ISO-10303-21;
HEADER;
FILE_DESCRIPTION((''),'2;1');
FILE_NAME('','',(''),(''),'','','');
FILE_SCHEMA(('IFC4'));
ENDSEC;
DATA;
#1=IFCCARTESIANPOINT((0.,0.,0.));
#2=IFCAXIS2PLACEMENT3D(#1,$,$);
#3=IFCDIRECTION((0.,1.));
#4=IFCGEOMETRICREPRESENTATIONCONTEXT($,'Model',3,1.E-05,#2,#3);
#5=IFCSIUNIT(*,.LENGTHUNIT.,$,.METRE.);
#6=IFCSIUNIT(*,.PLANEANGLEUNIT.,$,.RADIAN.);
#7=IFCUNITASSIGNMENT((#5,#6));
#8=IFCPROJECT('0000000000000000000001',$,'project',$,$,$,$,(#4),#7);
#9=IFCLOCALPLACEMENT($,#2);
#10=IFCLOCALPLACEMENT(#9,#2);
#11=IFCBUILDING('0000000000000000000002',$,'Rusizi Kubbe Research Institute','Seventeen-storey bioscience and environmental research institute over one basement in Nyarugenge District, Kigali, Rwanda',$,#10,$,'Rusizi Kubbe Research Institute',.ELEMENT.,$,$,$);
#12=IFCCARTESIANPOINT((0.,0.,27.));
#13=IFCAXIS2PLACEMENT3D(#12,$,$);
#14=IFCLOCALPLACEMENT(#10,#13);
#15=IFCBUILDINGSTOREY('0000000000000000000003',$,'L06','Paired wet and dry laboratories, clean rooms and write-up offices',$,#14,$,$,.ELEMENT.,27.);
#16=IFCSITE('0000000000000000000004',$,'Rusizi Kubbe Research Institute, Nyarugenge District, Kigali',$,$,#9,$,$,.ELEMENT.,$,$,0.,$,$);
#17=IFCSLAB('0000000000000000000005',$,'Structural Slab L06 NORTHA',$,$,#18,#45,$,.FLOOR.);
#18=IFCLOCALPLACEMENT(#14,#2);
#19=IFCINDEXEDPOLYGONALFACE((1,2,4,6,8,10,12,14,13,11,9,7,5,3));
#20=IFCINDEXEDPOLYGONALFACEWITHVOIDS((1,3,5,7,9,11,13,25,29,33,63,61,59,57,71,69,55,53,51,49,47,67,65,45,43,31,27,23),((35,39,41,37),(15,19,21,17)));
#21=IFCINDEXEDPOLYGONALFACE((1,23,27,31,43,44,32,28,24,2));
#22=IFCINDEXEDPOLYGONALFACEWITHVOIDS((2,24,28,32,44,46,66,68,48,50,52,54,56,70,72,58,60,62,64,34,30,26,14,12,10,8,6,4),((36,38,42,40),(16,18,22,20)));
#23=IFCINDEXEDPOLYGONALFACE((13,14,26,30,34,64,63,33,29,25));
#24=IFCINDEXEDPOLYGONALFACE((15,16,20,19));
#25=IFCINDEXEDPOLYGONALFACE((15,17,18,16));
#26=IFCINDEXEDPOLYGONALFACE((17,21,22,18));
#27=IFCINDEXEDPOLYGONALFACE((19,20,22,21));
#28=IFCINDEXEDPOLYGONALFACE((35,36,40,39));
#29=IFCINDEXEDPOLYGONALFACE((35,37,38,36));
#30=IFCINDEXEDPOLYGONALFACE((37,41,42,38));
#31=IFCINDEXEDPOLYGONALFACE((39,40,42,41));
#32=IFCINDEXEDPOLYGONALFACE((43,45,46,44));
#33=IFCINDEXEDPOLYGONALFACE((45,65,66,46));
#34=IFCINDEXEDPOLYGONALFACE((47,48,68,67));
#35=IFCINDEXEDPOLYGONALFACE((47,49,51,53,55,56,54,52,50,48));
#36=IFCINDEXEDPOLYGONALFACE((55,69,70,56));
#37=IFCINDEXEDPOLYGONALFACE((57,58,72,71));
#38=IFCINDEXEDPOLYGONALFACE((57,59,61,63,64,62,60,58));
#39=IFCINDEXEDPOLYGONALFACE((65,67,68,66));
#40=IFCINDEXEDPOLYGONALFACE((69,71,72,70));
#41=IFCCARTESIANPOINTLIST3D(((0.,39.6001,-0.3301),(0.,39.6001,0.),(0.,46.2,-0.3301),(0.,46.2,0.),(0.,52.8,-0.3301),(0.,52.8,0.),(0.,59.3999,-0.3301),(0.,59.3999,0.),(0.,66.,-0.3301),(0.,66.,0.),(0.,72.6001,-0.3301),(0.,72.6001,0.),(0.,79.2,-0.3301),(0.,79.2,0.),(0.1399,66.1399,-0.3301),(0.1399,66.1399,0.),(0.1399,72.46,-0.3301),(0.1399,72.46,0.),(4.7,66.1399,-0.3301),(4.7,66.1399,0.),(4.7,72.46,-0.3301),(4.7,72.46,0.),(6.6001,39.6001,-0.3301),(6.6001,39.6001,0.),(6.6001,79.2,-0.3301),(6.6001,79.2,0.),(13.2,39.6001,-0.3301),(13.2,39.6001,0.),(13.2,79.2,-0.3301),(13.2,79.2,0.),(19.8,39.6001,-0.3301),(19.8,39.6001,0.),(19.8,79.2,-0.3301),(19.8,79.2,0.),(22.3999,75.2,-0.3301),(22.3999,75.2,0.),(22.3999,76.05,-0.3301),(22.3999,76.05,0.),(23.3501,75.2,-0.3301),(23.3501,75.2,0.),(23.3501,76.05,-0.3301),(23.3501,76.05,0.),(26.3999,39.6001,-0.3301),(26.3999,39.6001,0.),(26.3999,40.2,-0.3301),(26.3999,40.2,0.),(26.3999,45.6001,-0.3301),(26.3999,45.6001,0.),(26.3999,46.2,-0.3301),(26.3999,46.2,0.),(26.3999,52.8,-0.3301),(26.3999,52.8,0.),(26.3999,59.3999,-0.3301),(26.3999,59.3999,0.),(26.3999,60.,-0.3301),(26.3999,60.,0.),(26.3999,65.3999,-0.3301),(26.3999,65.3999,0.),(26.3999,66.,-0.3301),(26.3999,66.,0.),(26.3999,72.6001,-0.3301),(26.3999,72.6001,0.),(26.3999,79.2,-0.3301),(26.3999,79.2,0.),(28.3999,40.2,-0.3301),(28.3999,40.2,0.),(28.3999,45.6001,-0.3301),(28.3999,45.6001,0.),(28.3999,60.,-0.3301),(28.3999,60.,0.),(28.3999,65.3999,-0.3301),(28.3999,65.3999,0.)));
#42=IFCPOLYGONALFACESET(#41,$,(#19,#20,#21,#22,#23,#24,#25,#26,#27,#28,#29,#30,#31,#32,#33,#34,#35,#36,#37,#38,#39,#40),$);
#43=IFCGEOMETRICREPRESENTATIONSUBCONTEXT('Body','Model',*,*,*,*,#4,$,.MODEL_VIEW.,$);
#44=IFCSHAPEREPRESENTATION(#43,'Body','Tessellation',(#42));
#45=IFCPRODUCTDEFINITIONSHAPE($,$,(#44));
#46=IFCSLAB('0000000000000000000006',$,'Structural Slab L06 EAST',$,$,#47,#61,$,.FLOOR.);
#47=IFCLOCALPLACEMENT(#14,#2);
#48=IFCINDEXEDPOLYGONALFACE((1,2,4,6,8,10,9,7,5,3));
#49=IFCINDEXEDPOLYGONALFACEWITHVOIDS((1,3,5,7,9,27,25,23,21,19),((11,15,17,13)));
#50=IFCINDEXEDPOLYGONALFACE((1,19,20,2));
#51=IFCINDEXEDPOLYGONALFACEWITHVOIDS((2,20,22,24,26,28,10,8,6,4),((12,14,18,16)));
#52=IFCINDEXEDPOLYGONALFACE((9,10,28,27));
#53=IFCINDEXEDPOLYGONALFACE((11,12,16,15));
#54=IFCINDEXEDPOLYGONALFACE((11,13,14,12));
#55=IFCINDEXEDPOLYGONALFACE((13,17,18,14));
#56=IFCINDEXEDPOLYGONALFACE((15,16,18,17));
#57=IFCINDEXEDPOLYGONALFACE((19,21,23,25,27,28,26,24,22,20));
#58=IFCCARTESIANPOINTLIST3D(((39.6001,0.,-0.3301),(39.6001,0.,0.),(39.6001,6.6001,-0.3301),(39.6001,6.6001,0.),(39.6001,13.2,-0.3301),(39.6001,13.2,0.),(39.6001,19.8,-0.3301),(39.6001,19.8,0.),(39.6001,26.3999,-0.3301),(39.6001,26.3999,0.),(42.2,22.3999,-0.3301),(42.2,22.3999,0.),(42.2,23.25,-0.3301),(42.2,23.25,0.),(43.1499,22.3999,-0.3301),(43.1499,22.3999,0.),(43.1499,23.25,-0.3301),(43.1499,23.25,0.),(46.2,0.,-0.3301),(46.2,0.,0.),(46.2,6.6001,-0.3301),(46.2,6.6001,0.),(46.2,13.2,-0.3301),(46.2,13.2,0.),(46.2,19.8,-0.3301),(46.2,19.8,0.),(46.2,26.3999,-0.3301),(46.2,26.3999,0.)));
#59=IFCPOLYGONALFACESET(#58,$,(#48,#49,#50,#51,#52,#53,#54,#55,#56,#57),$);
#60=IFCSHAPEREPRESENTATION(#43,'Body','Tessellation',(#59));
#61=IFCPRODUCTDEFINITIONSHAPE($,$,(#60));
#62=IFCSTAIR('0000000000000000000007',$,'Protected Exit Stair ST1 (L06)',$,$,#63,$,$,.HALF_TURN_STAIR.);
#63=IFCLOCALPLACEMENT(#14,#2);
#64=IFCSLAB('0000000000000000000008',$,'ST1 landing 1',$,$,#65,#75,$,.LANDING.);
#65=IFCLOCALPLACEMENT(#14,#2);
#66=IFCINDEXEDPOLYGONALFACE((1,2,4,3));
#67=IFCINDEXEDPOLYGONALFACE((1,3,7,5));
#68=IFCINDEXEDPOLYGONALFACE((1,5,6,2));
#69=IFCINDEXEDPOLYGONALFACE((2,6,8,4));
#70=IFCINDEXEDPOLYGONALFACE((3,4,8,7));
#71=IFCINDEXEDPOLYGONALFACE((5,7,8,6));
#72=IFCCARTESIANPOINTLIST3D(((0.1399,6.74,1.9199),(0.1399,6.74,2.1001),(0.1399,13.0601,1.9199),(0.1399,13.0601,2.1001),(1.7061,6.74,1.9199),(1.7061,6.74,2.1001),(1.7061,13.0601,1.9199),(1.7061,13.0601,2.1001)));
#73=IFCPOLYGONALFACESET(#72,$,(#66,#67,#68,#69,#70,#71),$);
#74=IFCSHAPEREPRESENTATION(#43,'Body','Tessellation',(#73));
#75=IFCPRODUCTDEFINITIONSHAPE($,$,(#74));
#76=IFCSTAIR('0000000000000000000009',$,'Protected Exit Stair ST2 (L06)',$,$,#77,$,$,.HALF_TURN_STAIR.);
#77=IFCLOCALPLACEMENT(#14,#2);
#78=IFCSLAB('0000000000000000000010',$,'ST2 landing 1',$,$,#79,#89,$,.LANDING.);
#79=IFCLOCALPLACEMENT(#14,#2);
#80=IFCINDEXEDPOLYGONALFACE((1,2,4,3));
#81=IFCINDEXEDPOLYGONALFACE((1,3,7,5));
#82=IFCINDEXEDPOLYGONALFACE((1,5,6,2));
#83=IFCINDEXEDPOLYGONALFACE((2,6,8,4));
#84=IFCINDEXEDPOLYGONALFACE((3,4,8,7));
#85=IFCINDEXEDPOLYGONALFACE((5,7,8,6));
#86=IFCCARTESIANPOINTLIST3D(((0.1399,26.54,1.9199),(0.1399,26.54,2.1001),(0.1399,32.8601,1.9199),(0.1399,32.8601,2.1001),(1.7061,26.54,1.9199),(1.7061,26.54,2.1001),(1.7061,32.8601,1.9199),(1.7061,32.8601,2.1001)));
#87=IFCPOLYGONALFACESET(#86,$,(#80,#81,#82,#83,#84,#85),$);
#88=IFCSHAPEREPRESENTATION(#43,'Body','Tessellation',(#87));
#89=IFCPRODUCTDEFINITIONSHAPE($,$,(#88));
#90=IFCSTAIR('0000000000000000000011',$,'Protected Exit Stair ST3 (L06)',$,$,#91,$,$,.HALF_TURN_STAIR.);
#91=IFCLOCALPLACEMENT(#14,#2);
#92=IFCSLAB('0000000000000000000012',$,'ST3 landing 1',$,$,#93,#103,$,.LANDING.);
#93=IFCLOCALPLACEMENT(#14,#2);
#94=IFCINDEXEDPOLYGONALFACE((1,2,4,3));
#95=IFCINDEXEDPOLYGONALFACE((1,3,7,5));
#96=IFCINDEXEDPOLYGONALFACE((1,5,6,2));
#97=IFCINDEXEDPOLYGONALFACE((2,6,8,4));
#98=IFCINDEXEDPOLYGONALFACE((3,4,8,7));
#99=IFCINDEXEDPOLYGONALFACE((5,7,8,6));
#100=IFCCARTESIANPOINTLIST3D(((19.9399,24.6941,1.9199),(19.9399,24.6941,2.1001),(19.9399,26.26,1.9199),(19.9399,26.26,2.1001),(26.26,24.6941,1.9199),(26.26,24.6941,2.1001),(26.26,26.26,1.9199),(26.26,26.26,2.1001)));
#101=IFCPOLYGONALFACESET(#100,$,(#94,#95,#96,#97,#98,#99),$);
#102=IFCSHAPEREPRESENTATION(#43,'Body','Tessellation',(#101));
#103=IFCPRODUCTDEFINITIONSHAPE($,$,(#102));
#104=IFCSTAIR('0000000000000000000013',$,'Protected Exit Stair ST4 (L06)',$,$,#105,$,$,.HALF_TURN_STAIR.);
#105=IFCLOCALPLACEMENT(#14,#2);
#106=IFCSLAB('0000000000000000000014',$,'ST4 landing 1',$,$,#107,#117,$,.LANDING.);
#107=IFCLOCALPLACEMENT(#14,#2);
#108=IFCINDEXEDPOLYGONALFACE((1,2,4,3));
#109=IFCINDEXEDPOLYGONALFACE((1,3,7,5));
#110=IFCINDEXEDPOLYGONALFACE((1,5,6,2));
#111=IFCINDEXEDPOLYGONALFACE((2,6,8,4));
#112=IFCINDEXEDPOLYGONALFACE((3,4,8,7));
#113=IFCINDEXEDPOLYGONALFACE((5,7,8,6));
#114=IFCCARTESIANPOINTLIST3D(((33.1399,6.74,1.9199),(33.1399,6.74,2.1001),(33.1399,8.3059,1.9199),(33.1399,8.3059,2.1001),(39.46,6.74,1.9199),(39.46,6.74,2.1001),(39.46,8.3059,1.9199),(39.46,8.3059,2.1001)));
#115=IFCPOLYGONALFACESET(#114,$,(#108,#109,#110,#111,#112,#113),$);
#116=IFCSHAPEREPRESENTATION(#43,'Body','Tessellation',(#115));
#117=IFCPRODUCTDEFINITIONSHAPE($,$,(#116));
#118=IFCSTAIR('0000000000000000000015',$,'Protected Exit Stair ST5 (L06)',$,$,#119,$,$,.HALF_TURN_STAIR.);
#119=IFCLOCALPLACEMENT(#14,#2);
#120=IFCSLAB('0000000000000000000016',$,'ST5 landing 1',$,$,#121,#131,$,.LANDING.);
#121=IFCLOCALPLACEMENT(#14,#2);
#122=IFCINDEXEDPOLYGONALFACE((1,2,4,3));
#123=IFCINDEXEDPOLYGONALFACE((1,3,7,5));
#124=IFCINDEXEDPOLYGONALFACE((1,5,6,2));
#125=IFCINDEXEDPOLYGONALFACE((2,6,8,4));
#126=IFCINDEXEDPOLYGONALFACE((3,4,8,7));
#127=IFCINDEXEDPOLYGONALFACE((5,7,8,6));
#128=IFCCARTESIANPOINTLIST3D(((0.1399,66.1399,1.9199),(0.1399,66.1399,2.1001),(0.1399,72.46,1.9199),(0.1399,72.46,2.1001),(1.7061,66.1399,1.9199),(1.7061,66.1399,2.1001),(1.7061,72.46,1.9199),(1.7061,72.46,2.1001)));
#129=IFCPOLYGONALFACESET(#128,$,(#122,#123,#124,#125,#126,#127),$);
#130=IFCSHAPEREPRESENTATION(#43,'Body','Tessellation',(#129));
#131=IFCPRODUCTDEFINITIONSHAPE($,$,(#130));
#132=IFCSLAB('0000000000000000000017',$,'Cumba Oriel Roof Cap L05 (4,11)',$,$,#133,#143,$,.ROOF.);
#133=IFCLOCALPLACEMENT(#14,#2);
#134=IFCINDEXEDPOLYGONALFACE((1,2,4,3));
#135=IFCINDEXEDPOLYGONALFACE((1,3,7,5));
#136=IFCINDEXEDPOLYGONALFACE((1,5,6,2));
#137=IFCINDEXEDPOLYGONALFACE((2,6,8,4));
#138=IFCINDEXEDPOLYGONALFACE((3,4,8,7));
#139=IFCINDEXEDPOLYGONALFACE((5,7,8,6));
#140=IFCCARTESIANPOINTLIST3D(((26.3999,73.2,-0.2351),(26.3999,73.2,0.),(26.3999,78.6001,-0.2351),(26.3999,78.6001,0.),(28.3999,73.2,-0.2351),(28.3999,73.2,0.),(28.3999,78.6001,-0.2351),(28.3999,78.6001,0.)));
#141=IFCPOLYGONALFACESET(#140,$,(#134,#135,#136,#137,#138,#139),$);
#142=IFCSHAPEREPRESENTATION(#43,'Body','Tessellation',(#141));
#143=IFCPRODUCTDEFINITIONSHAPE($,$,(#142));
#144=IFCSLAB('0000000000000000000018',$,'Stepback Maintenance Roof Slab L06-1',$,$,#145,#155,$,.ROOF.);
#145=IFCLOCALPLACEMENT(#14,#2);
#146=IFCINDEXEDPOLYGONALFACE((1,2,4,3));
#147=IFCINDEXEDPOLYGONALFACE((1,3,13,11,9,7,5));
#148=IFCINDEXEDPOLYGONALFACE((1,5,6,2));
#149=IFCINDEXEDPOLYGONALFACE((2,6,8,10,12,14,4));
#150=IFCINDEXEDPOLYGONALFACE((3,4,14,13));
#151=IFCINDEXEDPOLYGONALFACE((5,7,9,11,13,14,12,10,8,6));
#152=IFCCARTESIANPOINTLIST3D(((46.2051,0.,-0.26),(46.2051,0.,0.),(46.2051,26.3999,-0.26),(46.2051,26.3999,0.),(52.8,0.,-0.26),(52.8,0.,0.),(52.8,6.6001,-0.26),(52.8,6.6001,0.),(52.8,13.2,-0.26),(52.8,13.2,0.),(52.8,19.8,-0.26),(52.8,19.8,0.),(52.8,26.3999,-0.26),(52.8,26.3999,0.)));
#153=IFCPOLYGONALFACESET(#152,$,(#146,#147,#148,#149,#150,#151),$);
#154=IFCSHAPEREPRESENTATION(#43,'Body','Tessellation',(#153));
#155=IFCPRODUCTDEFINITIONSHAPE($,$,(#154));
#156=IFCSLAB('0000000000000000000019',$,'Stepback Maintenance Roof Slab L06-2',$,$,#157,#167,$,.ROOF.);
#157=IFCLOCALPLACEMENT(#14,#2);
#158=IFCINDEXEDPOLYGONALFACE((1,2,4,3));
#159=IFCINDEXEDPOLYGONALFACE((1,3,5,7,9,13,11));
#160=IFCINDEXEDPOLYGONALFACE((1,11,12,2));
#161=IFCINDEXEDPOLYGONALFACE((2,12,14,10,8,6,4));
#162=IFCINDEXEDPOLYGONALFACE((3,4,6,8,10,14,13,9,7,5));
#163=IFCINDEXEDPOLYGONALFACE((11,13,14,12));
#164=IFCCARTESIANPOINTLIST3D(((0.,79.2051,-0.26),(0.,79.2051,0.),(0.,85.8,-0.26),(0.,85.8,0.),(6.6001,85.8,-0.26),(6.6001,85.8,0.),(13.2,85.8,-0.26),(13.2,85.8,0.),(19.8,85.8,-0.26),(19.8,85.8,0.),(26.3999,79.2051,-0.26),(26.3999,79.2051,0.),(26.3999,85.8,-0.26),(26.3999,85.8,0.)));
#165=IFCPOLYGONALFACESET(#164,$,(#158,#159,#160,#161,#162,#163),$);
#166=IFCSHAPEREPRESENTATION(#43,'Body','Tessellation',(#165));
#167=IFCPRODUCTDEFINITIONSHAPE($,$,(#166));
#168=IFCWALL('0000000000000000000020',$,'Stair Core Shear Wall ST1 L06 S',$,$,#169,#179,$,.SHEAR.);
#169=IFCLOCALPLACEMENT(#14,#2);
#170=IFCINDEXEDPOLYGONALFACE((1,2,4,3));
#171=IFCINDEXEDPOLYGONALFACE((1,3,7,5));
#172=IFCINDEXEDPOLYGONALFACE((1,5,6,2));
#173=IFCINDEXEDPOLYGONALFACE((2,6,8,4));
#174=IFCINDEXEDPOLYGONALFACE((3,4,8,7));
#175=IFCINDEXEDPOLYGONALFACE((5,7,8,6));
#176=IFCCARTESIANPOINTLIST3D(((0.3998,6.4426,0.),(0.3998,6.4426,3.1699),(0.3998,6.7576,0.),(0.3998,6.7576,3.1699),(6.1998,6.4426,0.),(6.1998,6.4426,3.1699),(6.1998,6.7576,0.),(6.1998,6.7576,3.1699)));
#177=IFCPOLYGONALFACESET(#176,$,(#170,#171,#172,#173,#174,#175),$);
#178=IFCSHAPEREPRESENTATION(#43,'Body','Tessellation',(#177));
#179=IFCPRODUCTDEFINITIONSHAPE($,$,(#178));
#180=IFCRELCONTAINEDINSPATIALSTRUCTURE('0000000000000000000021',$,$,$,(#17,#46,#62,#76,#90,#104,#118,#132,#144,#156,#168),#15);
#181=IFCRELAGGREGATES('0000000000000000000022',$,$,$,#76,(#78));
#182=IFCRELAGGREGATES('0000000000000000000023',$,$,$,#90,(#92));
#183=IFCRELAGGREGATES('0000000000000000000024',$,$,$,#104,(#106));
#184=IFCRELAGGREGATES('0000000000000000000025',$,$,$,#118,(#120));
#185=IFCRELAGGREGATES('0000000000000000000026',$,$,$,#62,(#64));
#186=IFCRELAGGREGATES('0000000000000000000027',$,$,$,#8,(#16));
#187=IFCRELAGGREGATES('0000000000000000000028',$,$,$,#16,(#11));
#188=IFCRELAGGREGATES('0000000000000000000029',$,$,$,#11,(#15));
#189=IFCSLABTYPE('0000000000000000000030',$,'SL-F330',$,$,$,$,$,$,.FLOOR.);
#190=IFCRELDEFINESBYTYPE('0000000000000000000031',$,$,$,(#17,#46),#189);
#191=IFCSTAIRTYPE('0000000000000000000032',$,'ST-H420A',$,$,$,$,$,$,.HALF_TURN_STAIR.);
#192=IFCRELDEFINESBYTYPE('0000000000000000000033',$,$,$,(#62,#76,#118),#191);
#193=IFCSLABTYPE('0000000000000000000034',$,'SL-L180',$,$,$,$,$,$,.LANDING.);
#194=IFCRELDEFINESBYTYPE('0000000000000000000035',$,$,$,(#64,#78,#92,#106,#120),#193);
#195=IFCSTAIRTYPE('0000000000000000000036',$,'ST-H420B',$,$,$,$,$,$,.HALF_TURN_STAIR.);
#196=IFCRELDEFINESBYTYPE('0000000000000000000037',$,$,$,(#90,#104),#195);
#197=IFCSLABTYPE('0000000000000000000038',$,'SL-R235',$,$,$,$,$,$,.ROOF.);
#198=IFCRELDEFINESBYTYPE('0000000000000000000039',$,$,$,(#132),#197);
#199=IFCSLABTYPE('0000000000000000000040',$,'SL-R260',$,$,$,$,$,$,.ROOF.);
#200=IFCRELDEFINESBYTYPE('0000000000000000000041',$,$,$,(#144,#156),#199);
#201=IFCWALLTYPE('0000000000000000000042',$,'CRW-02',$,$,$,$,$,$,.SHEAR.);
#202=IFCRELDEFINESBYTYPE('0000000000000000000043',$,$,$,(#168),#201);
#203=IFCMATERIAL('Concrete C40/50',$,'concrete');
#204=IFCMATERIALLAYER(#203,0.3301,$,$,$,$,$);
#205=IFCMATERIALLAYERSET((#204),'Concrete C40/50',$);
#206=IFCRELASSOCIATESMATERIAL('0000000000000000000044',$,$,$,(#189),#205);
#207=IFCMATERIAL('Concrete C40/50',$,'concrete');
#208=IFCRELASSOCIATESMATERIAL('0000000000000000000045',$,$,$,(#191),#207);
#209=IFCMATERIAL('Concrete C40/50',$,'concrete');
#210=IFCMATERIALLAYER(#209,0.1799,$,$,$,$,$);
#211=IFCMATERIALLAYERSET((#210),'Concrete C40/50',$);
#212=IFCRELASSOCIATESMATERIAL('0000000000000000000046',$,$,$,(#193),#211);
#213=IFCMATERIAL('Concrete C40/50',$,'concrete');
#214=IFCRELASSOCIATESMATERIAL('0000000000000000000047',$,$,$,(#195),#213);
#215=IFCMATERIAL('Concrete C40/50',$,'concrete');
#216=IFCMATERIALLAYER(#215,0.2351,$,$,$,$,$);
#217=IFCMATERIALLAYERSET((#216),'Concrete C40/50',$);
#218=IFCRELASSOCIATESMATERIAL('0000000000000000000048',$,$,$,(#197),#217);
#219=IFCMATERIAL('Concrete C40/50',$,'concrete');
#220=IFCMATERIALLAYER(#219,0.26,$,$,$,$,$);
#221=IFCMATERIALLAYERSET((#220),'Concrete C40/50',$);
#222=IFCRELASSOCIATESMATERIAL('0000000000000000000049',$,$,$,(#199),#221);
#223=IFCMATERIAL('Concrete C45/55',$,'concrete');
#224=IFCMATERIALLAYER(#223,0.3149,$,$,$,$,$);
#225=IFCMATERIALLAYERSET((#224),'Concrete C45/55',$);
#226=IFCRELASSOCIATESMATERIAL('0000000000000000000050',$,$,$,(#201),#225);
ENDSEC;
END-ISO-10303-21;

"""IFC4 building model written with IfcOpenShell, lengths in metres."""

from ifc_helpers import new_model, si_unit, direction, frame, frame_2d, origin, place, context, subcontext, project, spatial, polyline, rectangle, outline, extrude, material, layer, layer_set, type_object, element, aggregate, save


model = new_model("IFC4")

# Units and contexts
model_context = context("Model", 3, precision=1e-05, world=origin(), true_north=direction((0.0, 1.0)))
body_context = subcontext(model_context, "Body", "Model", "MODEL_VIEW")
ifc_project = project(units=[si_unit("LENGTHUNIT", "METRE"), si_unit("PLANEANGLEUNIT", "RADIAN")], contexts=[model_context])

# Site, building, storey
site_placement = place(None, origin())
site = spatial("IfcSite", under=ifc_project, at=site_placement, Name="Rusizi Kubbe Research Institute, Nyarugenge District, Kigali", CompositionType="ELEMENT", RefElevation=0.0)
building_placement = place(site_placement, origin())
building = spatial("IfcBuilding", under=site, at=building_placement, Name="Rusizi Kubbe Research Institute", Description="Seventeen-storey bioscience and environmental research institute over one basement in Nyarugenge District, Kigali, Rwanda", LongName="Rusizi Kubbe Research Institute", CompositionType="ELEMENT")
storey_placement = place(building_placement, frame((0.0, 0.0, 27.0)))
storey = spatial("IfcBuildingStorey", under=building, at=storey_placement, Name="L06", Description="Paired wet and dry laboratories, clean rooms and write-up offices", CompositionType="ELEMENT", Elevation=27.0)

# Slabs
ifc_material_1 = material(Name="Concrete C40/50", Category="concrete")
ifc_layer_1 = layer(ifc_material_1, 0.3301)
ifc_layer_set_1 = layer_set([ifc_layer_1], Name="Concrete C40/50")
slab_type_1 = type_object("IfcSlabType", Name="SL-F330", PredefinedType="FLOOR", material=ifc_layer_set_1)
slab_1_placement = place(storey_placement, frame((0.0, 0.0, -0.3301)))
element("IfcSlab", 1, at=slab_1_placement, inside=storey, type_object=slab_type_1, Name="Structural Slab L06 NORTHA", PredefinedType="FLOOR", context=body_context, shape_type="SweptSolid", body=[
    extrude(outline(polyline([(28.3999, 40.2), (26.3999, 40.2), (26.3999, 39.6001), (19.8, 39.6001), (13.2, 39.6001), (6.6001, 39.6001), (0.0, 39.6001), (0.0, 46.2), (0.0, 52.8), (0.0, 59.3999), (0.0, 66.0), (0.0, 72.6001), (0.0, 79.2), (6.6001, 79.2), (13.2, 79.2), (19.8, 79.2), (26.3999, 79.2), (26.3999, 72.6001), (26.3999, 66.0), (26.3999, 65.3999), (28.3999, 65.3999), (28.3999, 60.0), (26.3999, 60.0), (26.3999, 59.3999), (26.3999, 52.8), (26.3999, 46.2), (26.3999, 45.6001), (28.3999, 45.6001), (28.3999, 40.2)]), holes=[polyline([(4.7, 72.46), (0.1399, 72.46), (0.1399, 66.1399), (4.7, 66.1399), (4.7, 72.46)]), polyline([(23.3501, 76.05), (22.3999, 76.05), (22.3999, 75.2), (23.3501, 75.2), (23.3501, 76.05)])]), origin(), (0.0, 0.0, 1.0), 0.3301),
])
slab_2_placement = place(storey_placement, frame((0.0, 0.0, -0.3301)))
element("IfcSlab", 2, at=slab_2_placement, inside=storey, type_object=slab_type_1, Name="Structural Slab L06 EAST", PredefinedType="FLOOR", context=body_context, shape_type="SweptSolid", body=[
    extrude(outline(polyline([(39.6001, 6.6001), (39.6001, 13.2), (39.6001, 19.8), (39.6001, 26.3999), (46.2, 26.3999), (46.2, 19.8), (46.2, 13.2), (46.2, 6.6001), (46.2, 0.0), (39.6001, 0.0), (39.6001, 6.6001)]), holes=[polyline([(42.2, 23.25), (42.2, 22.3999), (43.1499, 22.3999), (43.1499, 23.25), (42.2, 23.25)])]), origin(), (0.0, 0.0, 1.0), 0.3301),
])

# Stairs, slabs
ifc_material_2 = material(Name="Concrete C40/50", Category="concrete")
stair_type_1 = type_object("IfcStairType", Name="ST-H420A", PredefinedType="HALF_TURN_STAIR", material=ifc_material_2)
stair_1_placement = place(storey_placement, origin())
stair_1 = element("IfcStair", 3, at=stair_1_placement, inside=storey, type_object=stair_type_1, Name="Protected Exit Stair ST1 (L06)", PredefinedType="HALF_TURN_STAIR")
ifc_material_3 = material(Name="Concrete C40/50", Category="concrete")
ifc_layer_2 = layer(ifc_material_3, 0.1799)
ifc_layer_set_2 = layer_set([ifc_layer_2], Name="Concrete C40/50")
slab_type_2 = type_object("IfcSlabType", Name="SL-L180", PredefinedType="LANDING", material=ifc_layer_set_2)
slab_3_placement = place(storey_placement, frame((0.0, 0.0, 1.9199)))
slab_3 = element("IfcSlab", 4, at=slab_3_placement, type_object=slab_type_2, Name="ST1 landing 1", PredefinedType="LANDING", context=body_context, shape_type="SweptSolid", body=[
    extrude(outline(polyline([(1.7061, 13.0601), (0.1399, 13.0601), (0.1399, 6.74), (1.7061, 6.74), (1.7061, 13.0601)])), origin(), (0.0, 0.0, 1.0), 0.1802),
])
stair_2_placement = place(storey_placement, origin())
stair_2 = element("IfcStair", 5, at=stair_2_placement, inside=storey, type_object=stair_type_1, Name="Protected Exit Stair ST2 (L06)", PredefinedType="HALF_TURN_STAIR")
slab_4_placement = place(storey_placement, frame((0.0, 0.0, 1.9199)))
slab_4 = element("IfcSlab", 6, at=slab_4_placement, type_object=slab_type_2, Name="ST2 landing 1", PredefinedType="LANDING", context=body_context, shape_type="SweptSolid", body=[
    extrude(outline(polyline([(1.7061, 32.8601), (0.1399, 32.8601), (0.1399, 26.54), (1.7061, 26.54), (1.7061, 32.8601)])), origin(), (0.0, 0.0, 1.0), 0.1802),
])
aggregate(stair_2, [slab_4])
ifc_material_4 = material(Name="Concrete C40/50", Category="concrete")
stair_type_2 = type_object("IfcStairType", Name="ST-H420B", PredefinedType="HALF_TURN_STAIR", material=ifc_material_4)
stair_3_placement = place(storey_placement, origin())
stair_3 = element("IfcStair", 7, at=stair_3_placement, inside=storey, type_object=stair_type_2, Name="Protected Exit Stair ST3 (L06)", PredefinedType="HALF_TURN_STAIR")
slab_5_placement = place(storey_placement, frame((0.0, 0.0, 1.9199)))
slab_5 = element("IfcSlab", 8, at=slab_5_placement, type_object=slab_type_2, Name="ST3 landing 1", PredefinedType="LANDING", context=body_context, shape_type="SweptSolid", body=[
    extrude(outline(polyline([(26.26, 24.6941), (26.26, 26.26), (19.9399, 26.26), (19.9399, 24.6941), (26.26, 24.6941)])), origin(), (0.0, 0.0, 1.0), 0.1802),
])
aggregate(stair_3, [slab_5])
stair_4_placement = place(storey_placement, origin())
stair_4 = element("IfcStair", 9, at=stair_4_placement, inside=storey, type_object=stair_type_2, Name="Protected Exit Stair ST4 (L06)", PredefinedType="HALF_TURN_STAIR")
slab_6_placement = place(storey_placement, frame((0.0, 0.0, 1.9199)))
slab_6 = element("IfcSlab", 10, at=slab_6_placement, type_object=slab_type_2, Name="ST4 landing 1", PredefinedType="LANDING", context=body_context, shape_type="SweptSolid", body=[
    extrude(outline(polyline([(33.1399, 8.3059), (33.1399, 6.74), (39.46, 6.74), (39.46, 8.3059), (33.1399, 8.3059)])), origin(), (0.0, 0.0, 1.0), 0.1802),
])
aggregate(stair_4, [slab_6])
stair_5_placement = place(storey_placement, origin())
stair_5 = element("IfcStair", 11, at=stair_5_placement, inside=storey, type_object=stair_type_1, Name="Protected Exit Stair ST5 (L06)", PredefinedType="HALF_TURN_STAIR")
slab_7_placement = place(storey_placement, frame((0.0, 0.0, 1.9199)))
slab_7 = element("IfcSlab", 12, at=slab_7_placement, type_object=slab_type_2, Name="ST5 landing 1", PredefinedType="LANDING", context=body_context, shape_type="SweptSolid", body=[
    extrude(outline(polyline([(1.7061, 72.46), (0.1399, 72.46), (0.1399, 66.1399), (1.7061, 66.1399), (1.7061, 72.46)])), origin(), (0.0, 0.0, 1.0), 0.1802),
])
aggregate(stair_5, [slab_7])

# Slabs
ifc_material_5 = material(Name="Concrete C40/50", Category="concrete")
ifc_layer_3 = layer(ifc_material_5, 0.2351)
ifc_layer_set_3 = layer_set([ifc_layer_3], Name="Concrete C40/50")
slab_type_3 = type_object("IfcSlabType", Name="SL-R235", PredefinedType="ROOF", material=ifc_layer_set_3)
slab_8_placement = place(storey_placement, frame((0.0, 0.0, -0.2351)))
element("IfcSlab", 13, at=slab_8_placement, inside=storey, type_object=slab_type_3, Name="Cumba Oriel Roof Cap L05 (4,11)", PredefinedType="ROOF", context=body_context, shape_type="SweptSolid", body=[
    extrude(outline(polyline([(26.3999, 73.2), (28.3999, 73.2), (28.3999, 78.6001), (26.3999, 78.6001), (26.3999, 73.2)])), origin(), (0.0, 0.0, 1.0), 0.2351),
])
ifc_material_6 = material(Name="Concrete C40/50", Category="concrete")
ifc_layer_4 = layer(ifc_material_6, 0.26)
ifc_layer_set_4 = layer_set([ifc_layer_4], Name="Concrete C40/50")
slab_type_4 = type_object("IfcSlabType", Name="SL-R260", PredefinedType="ROOF", material=ifc_layer_set_4)
slab_9_placement = place(storey_placement, frame((0.0, 0.0, -0.26)))
element("IfcSlab", 14, at=slab_9_placement, inside=storey, type_object=slab_type_4, Name="Stepback Maintenance Roof Slab L06-1", PredefinedType="ROOF", context=body_context, shape_type="SweptSolid", body=[
    extrude(outline(polyline([(52.8, 26.3999), (52.8, 19.8), (52.8, 13.2), (52.8, 6.6001), (52.8, 0.0), (46.2051, 0.0), (46.2051, 26.3999), (52.8, 26.3999)])), origin(), (0.0, 0.0, 1.0), 0.26),
])
slab_10_placement = place(storey_placement, frame((0.0, 0.0, -0.26)))
element("IfcSlab", 15, at=slab_10_placement, inside=storey, type_object=slab_type_4, Name="Stepback Maintenance Roof Slab L06-2", PredefinedType="ROOF", context=body_context, shape_type="SweptSolid", body=[
    extrude(outline(polyline([(13.2, 85.8), (19.8, 85.8), (26.3999, 85.8), (26.3999, 79.2051), (0.0, 79.2051), (0.0, 85.8), (6.6001, 85.8), (13.2, 85.8)])), origin(), (0.0, 0.0, 1.0), 0.26),
])

# Wall
ifc_material_7 = material(Name="Concrete C45/55", Category="concrete")
ifc_layer_5 = layer(ifc_material_7, 0.3149)
ifc_layer_set_5 = layer_set([ifc_layer_5], Name="Concrete C45/55")
wall_type_1 = type_object("IfcWallType", Name="CRW-02", PredefinedType="SHEAR", material=ifc_layer_set_5)
wall_1_placement = place(storey_placement, frame((0.3999, 6.6001, 0.0), z_axis=(0.0, 0.0, 1.0), x_axis=(1.0, 0.0, 0.0)))
element("IfcWall", 16, at=wall_1_placement, inside=storey, type_object=wall_type_1, Name="Stair Core Shear Wall ST1 L06 S", PredefinedType="SHEAR", context=body_context, shape_type="SweptSolid", body=[
    extrude(rectangle(XDim=5.8, YDim=0.3149, at=frame_2d((2.8999, 0.0))), origin(), (0.0, 0.0, 1.0), 3.1699),
])

aggregate(stair_1, [slab_3])

save(model, "model.ifc")
